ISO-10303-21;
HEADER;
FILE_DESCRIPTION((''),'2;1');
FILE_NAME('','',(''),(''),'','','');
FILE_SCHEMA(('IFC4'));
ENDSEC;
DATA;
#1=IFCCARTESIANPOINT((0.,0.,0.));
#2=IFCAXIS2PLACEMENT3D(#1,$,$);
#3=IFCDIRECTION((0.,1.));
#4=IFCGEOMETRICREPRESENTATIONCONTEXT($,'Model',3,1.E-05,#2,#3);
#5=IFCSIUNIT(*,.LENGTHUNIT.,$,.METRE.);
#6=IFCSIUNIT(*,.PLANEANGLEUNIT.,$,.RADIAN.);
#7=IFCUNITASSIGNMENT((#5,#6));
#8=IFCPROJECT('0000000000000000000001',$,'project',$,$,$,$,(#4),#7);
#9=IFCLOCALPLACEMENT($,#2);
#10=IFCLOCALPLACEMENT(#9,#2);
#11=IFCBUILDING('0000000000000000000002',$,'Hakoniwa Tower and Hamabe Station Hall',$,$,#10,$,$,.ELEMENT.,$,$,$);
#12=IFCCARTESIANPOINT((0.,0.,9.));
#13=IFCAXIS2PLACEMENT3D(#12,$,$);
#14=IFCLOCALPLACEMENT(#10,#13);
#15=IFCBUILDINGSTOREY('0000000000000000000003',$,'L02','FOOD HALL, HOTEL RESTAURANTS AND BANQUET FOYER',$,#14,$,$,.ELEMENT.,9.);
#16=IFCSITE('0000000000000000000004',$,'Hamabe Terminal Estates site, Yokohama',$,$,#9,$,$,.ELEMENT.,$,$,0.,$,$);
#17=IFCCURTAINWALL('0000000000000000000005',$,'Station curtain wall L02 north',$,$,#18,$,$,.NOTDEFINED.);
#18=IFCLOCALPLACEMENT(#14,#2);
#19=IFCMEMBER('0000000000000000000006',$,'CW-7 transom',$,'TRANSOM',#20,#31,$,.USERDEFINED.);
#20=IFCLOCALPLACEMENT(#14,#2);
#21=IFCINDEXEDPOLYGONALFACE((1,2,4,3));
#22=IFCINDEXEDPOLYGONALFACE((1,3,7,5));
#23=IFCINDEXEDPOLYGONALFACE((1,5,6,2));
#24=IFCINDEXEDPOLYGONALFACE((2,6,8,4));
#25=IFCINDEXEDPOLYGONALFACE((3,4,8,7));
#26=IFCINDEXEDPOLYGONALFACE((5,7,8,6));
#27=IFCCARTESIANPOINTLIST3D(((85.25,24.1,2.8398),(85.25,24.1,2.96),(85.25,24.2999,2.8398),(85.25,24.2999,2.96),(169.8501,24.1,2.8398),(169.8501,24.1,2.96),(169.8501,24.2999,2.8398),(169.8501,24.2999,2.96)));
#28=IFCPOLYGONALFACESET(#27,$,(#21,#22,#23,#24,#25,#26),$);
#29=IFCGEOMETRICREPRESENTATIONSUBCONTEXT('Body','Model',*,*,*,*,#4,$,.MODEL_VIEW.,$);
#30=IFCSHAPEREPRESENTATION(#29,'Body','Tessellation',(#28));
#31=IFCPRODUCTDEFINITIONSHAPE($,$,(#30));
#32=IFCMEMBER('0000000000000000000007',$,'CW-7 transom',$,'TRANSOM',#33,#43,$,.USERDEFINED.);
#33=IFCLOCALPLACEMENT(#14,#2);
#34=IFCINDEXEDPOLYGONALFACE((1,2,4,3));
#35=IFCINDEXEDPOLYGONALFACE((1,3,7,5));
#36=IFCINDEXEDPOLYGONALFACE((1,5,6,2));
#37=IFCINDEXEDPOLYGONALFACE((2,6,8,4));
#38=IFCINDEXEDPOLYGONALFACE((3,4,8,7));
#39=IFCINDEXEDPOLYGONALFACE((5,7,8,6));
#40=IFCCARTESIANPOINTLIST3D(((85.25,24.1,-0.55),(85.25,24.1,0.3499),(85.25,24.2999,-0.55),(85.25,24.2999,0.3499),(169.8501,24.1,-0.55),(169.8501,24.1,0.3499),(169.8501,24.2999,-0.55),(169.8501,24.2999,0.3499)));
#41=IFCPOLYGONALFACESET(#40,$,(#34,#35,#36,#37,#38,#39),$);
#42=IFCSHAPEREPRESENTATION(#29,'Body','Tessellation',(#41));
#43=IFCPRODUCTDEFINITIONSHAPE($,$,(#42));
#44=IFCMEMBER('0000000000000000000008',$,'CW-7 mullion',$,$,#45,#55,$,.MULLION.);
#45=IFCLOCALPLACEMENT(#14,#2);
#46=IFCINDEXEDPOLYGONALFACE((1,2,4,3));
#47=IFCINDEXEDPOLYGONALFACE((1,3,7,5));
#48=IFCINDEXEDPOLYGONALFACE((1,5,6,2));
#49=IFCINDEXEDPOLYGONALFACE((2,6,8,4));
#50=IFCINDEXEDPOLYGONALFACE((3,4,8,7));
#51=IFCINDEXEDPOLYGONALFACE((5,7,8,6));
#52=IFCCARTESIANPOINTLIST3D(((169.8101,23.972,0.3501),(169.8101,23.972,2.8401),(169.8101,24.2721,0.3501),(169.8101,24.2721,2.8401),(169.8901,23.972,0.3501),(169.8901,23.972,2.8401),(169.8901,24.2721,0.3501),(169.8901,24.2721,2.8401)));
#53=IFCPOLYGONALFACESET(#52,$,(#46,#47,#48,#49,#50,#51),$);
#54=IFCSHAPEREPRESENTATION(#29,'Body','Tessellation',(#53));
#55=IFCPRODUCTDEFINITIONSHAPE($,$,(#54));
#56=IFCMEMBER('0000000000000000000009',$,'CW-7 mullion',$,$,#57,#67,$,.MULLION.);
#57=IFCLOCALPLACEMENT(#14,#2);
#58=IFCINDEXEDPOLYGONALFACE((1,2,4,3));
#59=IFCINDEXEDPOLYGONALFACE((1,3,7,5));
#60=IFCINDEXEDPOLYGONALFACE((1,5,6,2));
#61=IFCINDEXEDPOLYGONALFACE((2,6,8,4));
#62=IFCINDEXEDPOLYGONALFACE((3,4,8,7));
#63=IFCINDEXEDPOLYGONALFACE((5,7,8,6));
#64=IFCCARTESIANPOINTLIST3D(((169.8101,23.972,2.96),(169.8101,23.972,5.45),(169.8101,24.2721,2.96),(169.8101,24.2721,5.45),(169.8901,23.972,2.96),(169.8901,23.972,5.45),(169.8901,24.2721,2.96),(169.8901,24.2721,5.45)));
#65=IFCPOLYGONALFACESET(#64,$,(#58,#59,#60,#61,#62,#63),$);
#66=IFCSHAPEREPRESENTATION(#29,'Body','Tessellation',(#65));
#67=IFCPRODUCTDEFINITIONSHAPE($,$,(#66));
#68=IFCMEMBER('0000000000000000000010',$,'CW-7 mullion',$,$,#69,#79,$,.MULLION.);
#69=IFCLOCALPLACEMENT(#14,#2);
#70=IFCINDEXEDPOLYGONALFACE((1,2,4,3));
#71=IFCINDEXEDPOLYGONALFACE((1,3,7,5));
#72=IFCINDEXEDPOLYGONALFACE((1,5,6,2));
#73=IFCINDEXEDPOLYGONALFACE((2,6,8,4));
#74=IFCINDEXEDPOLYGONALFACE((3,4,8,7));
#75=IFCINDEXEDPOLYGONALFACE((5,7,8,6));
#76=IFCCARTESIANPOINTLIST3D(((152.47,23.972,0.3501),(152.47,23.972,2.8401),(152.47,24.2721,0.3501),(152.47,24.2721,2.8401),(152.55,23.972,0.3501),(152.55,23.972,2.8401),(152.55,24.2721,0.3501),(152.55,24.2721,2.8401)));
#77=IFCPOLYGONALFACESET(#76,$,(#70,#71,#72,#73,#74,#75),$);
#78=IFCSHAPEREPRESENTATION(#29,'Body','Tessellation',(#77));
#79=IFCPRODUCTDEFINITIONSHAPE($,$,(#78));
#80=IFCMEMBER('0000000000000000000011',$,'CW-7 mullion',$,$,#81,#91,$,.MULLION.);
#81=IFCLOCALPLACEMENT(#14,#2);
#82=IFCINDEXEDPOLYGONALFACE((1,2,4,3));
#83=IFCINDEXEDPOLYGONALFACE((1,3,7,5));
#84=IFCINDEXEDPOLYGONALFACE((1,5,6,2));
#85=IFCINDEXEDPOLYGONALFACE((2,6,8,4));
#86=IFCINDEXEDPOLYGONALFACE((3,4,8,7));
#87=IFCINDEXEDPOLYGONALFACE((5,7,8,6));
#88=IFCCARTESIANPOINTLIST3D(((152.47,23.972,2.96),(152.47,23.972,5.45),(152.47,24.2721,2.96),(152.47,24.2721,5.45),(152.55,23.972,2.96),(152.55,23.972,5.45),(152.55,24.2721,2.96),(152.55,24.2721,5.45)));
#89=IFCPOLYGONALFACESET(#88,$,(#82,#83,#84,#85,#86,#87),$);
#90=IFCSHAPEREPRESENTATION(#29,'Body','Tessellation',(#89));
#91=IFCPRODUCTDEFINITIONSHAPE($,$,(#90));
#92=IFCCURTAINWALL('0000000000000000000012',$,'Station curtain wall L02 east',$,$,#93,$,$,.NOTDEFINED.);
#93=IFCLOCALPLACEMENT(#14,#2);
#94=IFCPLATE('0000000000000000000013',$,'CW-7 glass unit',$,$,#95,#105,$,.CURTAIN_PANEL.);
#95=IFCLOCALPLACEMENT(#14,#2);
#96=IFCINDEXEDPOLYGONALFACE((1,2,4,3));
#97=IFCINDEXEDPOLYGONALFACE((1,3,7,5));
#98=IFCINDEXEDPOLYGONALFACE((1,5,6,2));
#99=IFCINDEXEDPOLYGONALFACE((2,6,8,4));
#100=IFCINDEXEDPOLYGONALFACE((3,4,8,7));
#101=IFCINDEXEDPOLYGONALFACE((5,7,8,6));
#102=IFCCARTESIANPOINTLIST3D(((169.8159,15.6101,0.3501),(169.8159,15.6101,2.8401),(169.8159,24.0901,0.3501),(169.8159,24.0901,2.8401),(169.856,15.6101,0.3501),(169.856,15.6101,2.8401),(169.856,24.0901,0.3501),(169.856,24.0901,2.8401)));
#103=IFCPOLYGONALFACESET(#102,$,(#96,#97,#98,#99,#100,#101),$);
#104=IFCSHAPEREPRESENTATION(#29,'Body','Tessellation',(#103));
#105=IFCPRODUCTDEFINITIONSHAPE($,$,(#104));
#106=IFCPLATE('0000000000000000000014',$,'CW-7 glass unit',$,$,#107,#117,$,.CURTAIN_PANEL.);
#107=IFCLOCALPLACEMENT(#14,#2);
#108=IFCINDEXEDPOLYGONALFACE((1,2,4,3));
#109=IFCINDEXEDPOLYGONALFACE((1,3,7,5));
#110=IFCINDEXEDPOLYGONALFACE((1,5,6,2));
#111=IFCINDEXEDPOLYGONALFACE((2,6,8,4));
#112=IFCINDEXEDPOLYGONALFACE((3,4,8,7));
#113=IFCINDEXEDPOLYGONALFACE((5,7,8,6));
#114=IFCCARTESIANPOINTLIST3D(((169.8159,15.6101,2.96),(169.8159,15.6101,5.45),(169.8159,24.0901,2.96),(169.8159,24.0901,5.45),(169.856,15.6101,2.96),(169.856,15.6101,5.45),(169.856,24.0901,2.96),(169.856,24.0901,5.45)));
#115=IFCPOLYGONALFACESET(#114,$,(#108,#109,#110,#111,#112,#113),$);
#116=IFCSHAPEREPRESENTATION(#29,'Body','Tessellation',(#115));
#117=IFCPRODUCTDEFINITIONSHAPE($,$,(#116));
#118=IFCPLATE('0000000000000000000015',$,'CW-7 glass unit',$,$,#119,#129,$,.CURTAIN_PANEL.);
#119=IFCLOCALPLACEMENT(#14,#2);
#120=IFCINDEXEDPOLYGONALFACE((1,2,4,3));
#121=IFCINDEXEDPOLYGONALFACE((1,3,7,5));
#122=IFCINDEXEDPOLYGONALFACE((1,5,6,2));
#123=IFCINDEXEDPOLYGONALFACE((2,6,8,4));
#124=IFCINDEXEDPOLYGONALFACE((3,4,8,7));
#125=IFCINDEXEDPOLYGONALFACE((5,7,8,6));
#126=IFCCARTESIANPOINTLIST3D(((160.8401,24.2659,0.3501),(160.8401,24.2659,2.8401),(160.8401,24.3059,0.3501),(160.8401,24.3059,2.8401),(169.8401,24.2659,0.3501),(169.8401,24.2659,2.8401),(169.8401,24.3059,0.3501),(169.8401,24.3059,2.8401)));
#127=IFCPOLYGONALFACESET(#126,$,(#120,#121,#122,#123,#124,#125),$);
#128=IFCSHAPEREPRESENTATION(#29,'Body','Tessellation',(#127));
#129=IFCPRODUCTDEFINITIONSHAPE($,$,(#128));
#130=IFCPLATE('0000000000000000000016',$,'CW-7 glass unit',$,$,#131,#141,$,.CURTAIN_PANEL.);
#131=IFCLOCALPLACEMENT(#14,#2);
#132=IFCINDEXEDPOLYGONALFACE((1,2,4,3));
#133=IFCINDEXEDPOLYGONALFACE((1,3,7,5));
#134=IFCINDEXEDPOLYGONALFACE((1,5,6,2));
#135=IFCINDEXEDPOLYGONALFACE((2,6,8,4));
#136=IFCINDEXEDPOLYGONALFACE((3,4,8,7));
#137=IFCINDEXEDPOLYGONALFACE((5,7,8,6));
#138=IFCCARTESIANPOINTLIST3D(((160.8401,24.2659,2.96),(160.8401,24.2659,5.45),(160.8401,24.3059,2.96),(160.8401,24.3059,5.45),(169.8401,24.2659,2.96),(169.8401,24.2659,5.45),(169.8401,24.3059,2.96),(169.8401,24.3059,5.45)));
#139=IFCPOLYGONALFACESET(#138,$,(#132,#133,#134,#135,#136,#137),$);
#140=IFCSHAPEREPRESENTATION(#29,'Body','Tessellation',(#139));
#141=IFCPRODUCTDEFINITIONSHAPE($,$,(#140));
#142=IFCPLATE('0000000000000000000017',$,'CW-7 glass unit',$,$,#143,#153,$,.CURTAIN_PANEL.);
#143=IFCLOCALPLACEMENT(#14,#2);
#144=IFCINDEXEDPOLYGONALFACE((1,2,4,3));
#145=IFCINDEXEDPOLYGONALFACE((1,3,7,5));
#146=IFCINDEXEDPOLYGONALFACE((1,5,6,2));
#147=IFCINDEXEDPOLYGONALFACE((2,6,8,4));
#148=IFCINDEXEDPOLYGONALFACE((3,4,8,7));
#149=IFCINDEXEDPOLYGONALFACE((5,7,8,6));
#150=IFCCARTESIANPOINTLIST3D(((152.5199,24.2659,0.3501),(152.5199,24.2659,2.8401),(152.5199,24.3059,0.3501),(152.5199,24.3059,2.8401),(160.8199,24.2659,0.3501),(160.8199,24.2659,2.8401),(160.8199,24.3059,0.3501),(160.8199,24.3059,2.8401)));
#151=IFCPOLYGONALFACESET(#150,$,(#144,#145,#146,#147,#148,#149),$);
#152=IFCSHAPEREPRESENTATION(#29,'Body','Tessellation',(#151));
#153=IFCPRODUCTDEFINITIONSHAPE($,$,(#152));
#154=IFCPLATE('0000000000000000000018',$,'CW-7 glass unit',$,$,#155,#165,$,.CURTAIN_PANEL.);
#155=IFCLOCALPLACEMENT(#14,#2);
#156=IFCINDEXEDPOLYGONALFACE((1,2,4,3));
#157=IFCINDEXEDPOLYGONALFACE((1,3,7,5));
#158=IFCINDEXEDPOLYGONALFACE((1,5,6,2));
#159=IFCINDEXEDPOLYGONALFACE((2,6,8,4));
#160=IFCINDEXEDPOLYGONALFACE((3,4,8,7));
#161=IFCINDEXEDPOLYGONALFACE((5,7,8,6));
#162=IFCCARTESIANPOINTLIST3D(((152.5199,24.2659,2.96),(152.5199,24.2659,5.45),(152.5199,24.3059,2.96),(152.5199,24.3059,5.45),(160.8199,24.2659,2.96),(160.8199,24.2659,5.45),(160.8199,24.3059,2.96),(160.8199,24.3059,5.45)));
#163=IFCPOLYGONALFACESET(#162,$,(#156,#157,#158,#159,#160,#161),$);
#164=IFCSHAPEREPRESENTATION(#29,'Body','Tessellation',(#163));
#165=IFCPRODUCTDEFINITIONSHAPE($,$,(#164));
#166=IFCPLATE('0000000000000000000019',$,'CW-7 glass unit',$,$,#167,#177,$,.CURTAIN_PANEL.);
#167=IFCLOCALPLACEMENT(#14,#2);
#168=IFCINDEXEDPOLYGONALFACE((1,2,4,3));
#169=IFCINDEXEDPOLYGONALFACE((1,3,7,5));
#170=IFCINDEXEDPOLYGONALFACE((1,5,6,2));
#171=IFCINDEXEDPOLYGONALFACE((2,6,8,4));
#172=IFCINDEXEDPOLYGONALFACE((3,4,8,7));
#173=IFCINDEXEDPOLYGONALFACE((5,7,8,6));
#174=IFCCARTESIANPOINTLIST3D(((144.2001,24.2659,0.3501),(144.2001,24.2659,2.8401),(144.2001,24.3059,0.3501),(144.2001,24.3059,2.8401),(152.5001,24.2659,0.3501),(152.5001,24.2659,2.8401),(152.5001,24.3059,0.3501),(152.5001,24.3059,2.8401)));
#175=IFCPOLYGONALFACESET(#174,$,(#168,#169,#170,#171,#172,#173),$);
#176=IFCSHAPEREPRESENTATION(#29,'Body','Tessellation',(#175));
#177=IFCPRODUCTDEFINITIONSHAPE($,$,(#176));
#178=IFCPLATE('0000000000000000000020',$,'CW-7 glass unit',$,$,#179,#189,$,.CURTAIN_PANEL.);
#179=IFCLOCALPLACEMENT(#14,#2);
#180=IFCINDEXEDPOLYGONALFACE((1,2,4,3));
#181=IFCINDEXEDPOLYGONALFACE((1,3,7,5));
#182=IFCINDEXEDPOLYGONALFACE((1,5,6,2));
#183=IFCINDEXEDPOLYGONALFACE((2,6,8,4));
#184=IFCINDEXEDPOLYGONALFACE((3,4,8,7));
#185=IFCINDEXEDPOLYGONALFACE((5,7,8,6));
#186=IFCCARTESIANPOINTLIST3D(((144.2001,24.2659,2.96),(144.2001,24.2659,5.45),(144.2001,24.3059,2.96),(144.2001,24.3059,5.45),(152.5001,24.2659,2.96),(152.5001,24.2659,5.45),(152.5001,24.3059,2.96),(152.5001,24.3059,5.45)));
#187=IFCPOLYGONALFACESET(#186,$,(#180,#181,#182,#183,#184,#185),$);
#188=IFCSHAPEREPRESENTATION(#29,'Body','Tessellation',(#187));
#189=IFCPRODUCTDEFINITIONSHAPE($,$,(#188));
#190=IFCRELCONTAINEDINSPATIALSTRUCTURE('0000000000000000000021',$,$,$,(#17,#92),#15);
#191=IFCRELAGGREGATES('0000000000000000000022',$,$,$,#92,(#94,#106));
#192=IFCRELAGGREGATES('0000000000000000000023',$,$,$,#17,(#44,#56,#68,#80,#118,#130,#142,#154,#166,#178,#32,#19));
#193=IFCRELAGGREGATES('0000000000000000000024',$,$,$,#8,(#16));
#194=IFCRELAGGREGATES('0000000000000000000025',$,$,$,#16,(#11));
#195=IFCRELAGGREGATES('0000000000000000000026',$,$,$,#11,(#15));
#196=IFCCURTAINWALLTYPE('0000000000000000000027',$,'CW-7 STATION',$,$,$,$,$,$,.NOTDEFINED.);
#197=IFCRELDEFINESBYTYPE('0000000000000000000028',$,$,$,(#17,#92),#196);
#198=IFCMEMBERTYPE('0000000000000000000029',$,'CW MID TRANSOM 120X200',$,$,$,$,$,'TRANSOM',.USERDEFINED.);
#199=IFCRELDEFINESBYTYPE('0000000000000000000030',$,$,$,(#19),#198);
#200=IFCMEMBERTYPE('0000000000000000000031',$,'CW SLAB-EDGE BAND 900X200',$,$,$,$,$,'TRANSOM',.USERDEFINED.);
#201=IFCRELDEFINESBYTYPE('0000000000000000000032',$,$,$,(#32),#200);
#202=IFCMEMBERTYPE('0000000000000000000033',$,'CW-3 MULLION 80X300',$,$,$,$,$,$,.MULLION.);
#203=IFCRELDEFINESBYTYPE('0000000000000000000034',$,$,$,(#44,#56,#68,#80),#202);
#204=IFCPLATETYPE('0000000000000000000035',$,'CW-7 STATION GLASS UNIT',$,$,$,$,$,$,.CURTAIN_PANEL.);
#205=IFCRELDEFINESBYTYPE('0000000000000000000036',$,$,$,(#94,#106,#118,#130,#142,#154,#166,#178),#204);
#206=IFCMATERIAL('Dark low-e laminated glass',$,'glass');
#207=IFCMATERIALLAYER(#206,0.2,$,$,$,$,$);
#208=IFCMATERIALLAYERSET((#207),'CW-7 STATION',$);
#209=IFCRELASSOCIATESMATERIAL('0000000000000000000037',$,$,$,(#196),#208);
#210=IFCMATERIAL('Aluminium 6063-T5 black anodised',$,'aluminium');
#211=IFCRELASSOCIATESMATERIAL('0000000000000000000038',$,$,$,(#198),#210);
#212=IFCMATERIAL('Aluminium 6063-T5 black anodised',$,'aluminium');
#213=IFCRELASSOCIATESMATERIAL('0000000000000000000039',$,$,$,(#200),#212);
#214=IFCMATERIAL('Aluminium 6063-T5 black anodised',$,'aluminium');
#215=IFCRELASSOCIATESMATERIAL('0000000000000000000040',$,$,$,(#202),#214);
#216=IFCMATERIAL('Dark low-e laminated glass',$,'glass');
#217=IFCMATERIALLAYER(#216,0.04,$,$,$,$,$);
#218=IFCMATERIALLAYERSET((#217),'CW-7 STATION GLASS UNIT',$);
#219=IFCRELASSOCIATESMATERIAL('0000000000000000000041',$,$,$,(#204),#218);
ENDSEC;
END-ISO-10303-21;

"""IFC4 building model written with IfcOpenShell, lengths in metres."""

from ifc_helpers import new_model, si_unit, direction, frame, origin, origin_2d, place, context, subcontext, project, spatial, rectangle, extrude, material, layer, layer_set, material_profile, profile_set, type_object, element, aggregate, save


model = new_model("IFC4")

# Units and contexts
model_context = context("Model", 3, precision=1e-05, world=origin(), true_north=direction((0.0, 1.0)))
body_context = subcontext(model_context, "Body", "Model", "MODEL_VIEW")
ifc_project = project(units=[si_unit("LENGTHUNIT", "METRE"), si_unit("PLANEANGLEUNIT", "RADIAN")], contexts=[model_context])

# Site, building, storey
site_placement = place(None, origin())
site = spatial("IfcSite", under=ifc_project, at=site_placement, Name="Hamabe Terminal Estates site, Yokohama", CompositionType="ELEMENT", RefElevation=0.0)
building_placement = place(site_placement, origin())
building = spatial("IfcBuilding", under=site, at=building_placement, Name="Hakoniwa Tower and Hamabe Station Hall", CompositionType="ELEMENT")
storey_placement = place(building_placement, frame((0.0, 0.0, 9.0)))
storey = spatial("IfcBuildingStorey", under=building, at=storey_placement, Name="L02", Description="FOOD HALL, HOTEL RESTAURANTS AND BANQUET FOYER", CompositionType="ELEMENT", Elevation=9.0)

# Curtain wall, members
ifc_material_1 = material(Name="Dark low-e laminated glass", Category="glass")
ifc_layer_1 = layer(ifc_material_1, 0.2)
ifc_layer_set_1 = layer_set([ifc_layer_1], Name="CW-7 STATION")
curtain_wall_type = type_object("IfcCurtainWallType", Name="CW-7 STATION", PredefinedType="NOTDEFINED", material=ifc_layer_set_1)
curtain_wall_1_placement = place(storey_placement, origin())
curtain_wall_1 = element("IfcCurtainWall", 1, at=curtain_wall_1_placement, inside=storey, type_object=curtain_wall_type, Name="Station curtain wall L02 north", PredefinedType="NOTDEFINED")
ifc_material_2 = material(Name="Aluminium 6063-T5 black anodised", Category="aluminium")
ifc_material_profile_1 = material_profile(ifc_material_2, rectangle(XDim=0.2, YDim=0.1201, at=origin_2d()), Name="CW MID TRANSOM 120X200")
ifc_profile_set_1 = profile_set([ifc_material_profile_1], Name="Aluminium 6063-T5 black anodised")
member_type_1 = type_object("IfcMemberType", Name="CW MID TRANSOM 120X200", ElementType="TRANSOM", PredefinedType="USERDEFINED", material=ifc_profile_set_1)
member_1_placement = place(storey_placement, frame((169.8501, 24.2, 2.8999), z_axis=(-1.0, 0.0, 0.0), x_axis=(0.0, -1.0, 0.0)))
member_1 = element("IfcMember", 2, at=member_1_placement, type_object=member_type_1, Name="CW-7 transom", ObjectType="TRANSOM", PredefinedType="USERDEFINED", context=body_context, shape_type="SweptSolid", body=[
    extrude(rectangle(XDim=0.2, YDim=0.1201, at=origin_2d()), origin(), (0.0, 0.0, 1.0), 84.6001),
])
ifc_material_3 = material(Name="Aluminium 6063-T5 black anodised", Category="aluminium")
ifc_material_profile_2 = material_profile(ifc_material_3, rectangle(XDim=0.2, YDim=0.8999, at=origin_2d()), Name="CW SLAB-EDGE BAND 900X200")
ifc_profile_set_2 = profile_set([ifc_material_profile_2], Name="Aluminium 6063-T5 black anodised")
member_type_2 = type_object("IfcMemberType", Name="CW SLAB-EDGE BAND 900X200", ElementType="TRANSOM", PredefinedType="USERDEFINED", material=ifc_profile_set_2)
member_2_placement = place(storey_placement, frame((169.8501, 24.2, -0.1001), z_axis=(-1.0, 0.0, 0.0), x_axis=(0.0, -1.0, 0.0)))
member_2 = element("IfcMember", 3, at=member_2_placement, type_object=member_type_2, Name="CW-7 transom", ObjectType="TRANSOM", PredefinedType="USERDEFINED", context=body_context, shape_type="SweptSolid", body=[
    extrude(rectangle(XDim=0.2, YDim=0.8999, at=origin_2d()), origin(), (0.0, 0.0, 1.0), 84.6001),
])
ifc_material_4 = material(Name="Aluminium 6063-T5 black anodised", Category="aluminium")
ifc_material_profile_3 = material_profile(ifc_material_4, rectangle(XDim=0.0801, YDim=0.3, at=origin_2d()), Name="CW-3 MULLION 80X300")
ifc_profile_set_3 = profile_set([ifc_material_profile_3], Name="Aluminium 6063-T5 black anodised")
member_type_3 = type_object("IfcMemberType", Name="CW-3 MULLION 80X300", PredefinedType="MULLION", material=ifc_profile_set_3)
member_3_placement = place(storey_placement, frame((169.8501, 24.1221, 0.3501), z_axis=(0.0, 0.0, 1.0), x_axis=(-1.0, 0.0, 0.0)))
member_3 = element("IfcMember", 4, at=member_3_placement, type_object=member_type_3, Name="CW-7 mullion", PredefinedType="MULLION", context=body_context, shape_type="SweptSolid", body=[
    extrude(rectangle(XDim=0.0801, YDim=0.3, at=origin_2d()), origin(), (0.0, 0.0, 1.0), 2.49),
])
member_4_placement = place(storey_placement, frame((169.8501, 24.1221, 2.96), z_axis=(0.0, 0.0, 1.0), x_axis=(-1.0, 0.0, 0.0)))
member_4 = element("IfcMember", 5, at=member_4_placement, type_object=member_type_3, Name="CW-7 mullion", PredefinedType="MULLION", context=body_context, shape_type="SweptSolid", body=[
    extrude(rectangle(XDim=0.0801, YDim=0.3, at=origin_2d()), origin(), (0.0, 0.0, 1.0), 2.49),
])
member_5_placement = place(storey_placement, frame((152.51, 24.1221, 0.3501), z_axis=(0.0, 0.0, 1.0), x_axis=(-1.0, 0.0, 0.0)))
member_5 = element("IfcMember", 6, at=member_5_placement, type_object=member_type_3, Name="CW-7 mullion", PredefinedType="MULLION", context=body_context, shape_type="SweptSolid", body=[
    extrude(rectangle(XDim=0.0801, YDim=0.3, at=origin_2d()), origin(), (0.0, 0.0, 1.0), 2.49),
])
member_6_placement = place(storey_placement, frame((152.51, 24.1221, 2.96), z_axis=(0.0, 0.0, 1.0), x_axis=(-1.0, 0.0, 0.0)))
member_6 = element("IfcMember", 7, at=member_6_placement, type_object=member_type_3, Name="CW-7 mullion", PredefinedType="MULLION", context=body_context, shape_type="SweptSolid", body=[
    extrude(rectangle(XDim=0.0801, YDim=0.3, at=origin_2d()), origin(), (0.0, 0.0, 1.0), 2.49),
])

# Curtain wall, plates
curtain_wall_2_placement = place(storey_placement, origin())
curtain_wall_2 = element("IfcCurtainWall", 8, at=curtain_wall_2_placement, inside=storey, type_object=curtain_wall_type, Name="Station curtain wall L02 east", PredefinedType="NOTDEFINED")
ifc_material_5 = material(Name="Dark low-e laminated glass", Category="glass")
ifc_layer_2 = layer(ifc_material_5, 0.04)
ifc_layer_set_2 = layer_set([ifc_layer_2], Name="CW-7 STATION GLASS UNIT")
plate_type = type_object("IfcPlateType", Name="CW-7 STATION GLASS UNIT", PredefinedType="CURTAIN_PANEL", material=ifc_layer_set_2)
plate_1_placement = place(storey_placement, frame((169.8359, 19.8501, 0.3501), z_axis=(0.0, 0.0, 1.0), x_axis=(0.0, 1.0, 0.0)))
plate_1 = element("IfcPlate", 9, at=plate_1_placement, type_object=plate_type, Name="CW-7 glass unit", PredefinedType="CURTAIN_PANEL", context=body_context, shape_type="SweptSolid", body=[
    extrude(rectangle(XDim=8.48, YDim=0.04, at=origin_2d()), origin(), (0.0, 0.0, 1.0), 2.49),
])
plate_2_placement = place(storey_placement, frame((169.8359, 19.8501, 2.96), z_axis=(0.0, 0.0, 1.0), x_axis=(0.0, 1.0, 0.0)))
plate_2 = element("IfcPlate", 10, at=plate_2_placement, type_object=plate_type, Name="CW-7 glass unit", PredefinedType="CURTAIN_PANEL", context=body_context, shape_type="SweptSolid", body=[
    extrude(rectangle(XDim=8.48, YDim=0.04, at=origin_2d()), origin(), (0.0, 0.0, 1.0), 2.49),
])
aggregate(curtain_wall_2, [plate_1, plate_2])

# Plates
plate_3_placement = place(storey_placement, frame((165.3401, 24.2859, 0.3501), z_axis=(0.0, 0.0, 1.0), x_axis=(-1.0, 0.0, 0.0)))
plate_3 = element("IfcPlate", 11, at=plate_3_placement, type_object=plate_type, Name="CW-7 glass unit", PredefinedType="CURTAIN_PANEL", context=body_context, shape_type="SweptSolid", body=[
    extrude(rectangle(XDim=9.0, YDim=0.04, at=origin_2d()), origin(), (0.0, 0.0, 1.0), 2.49),
])
plate_4_placement = place(storey_placement, frame((165.3401, 24.2859, 2.96), z_axis=(0.0, 0.0, 1.0), x_axis=(-1.0, 0.0, 0.0)))
plate_4 = element("IfcPlate", 12, at=plate_4_placement, type_object=plate_type, Name="CW-7 glass unit", PredefinedType="CURTAIN_PANEL", context=body_context, shape_type="SweptSolid", body=[
    extrude(rectangle(XDim=9.0, YDim=0.04, at=origin_2d()), origin(), (0.0, 0.0, 1.0), 2.49),
])
plate_5_placement = place(storey_placement, frame((156.6699, 24.2859, 0.3501), z_axis=(0.0, 0.0, 1.0), x_axis=(-1.0, 0.0, 0.0)))
plate_5 = element("IfcPlate", 13, at=plate_5_placement, type_object=plate_type, Name="CW-7 glass unit", PredefinedType="CURTAIN_PANEL", context=body_context, shape_type="SweptSolid", body=[
    extrude(rectangle(XDim=8.3, YDim=0.04, at=origin_2d()), origin(), (0.0, 0.0, 1.0), 2.49),
])
plate_6_placement = place(storey_placement, frame((156.6699, 24.2859, 2.96), z_axis=(0.0, 0.0, 1.0), x_axis=(-1.0, 0.0, 0.0)))
plate_6 = element("IfcPlate", 14, at=plate_6_placement, type_object=plate_type, Name="CW-7 glass unit", PredefinedType="CURTAIN_PANEL", context=body_context, shape_type="SweptSolid", body=[
    extrude(rectangle(XDim=8.3, YDim=0.04, at=origin_2d()), origin(), (0.0, 0.0, 1.0), 2.49),
])
plate_7_placement = place(storey_placement, frame((148.3501, 24.2859, 0.3501), z_axis=(0.0, 0.0, 1.0), x_axis=(-1.0, 0.0, 0.0)))
plate_7 = element("IfcPlate", 15, at=plate_7_placement, type_object=plate_type, Name="CW-7 glass unit", PredefinedType="CURTAIN_PANEL", context=body_context, shape_type="SweptSolid", body=[
    extrude(rectangle(XDim=8.3, YDim=0.04, at=origin_2d()), origin(), (0.0, 0.0, 1.0), 2.49),
])
plate_8_placement = place(storey_placement, frame((148.3501, 24.2859, 2.96), z_axis=(0.0, 0.0, 1.0), x_axis=(-1.0, 0.0, 0.0)))
plate_8 = element("IfcPlate", 16, at=plate_8_placement, type_object=plate_type, Name="CW-7 glass unit", PredefinedType="CURTAIN_PANEL", context=body_context, shape_type="SweptSolid", body=[
    extrude(rectangle(XDim=8.3, YDim=0.04, at=origin_2d()), origin(), (0.0, 0.0, 1.0), 2.49),
])
aggregate(curtain_wall_1, [member_3, member_4, member_5, member_6, plate_3, plate_4, plate_5, plate_6, plate_7, plate_8, member_2, member_1])

save(model, "model.ifc")
